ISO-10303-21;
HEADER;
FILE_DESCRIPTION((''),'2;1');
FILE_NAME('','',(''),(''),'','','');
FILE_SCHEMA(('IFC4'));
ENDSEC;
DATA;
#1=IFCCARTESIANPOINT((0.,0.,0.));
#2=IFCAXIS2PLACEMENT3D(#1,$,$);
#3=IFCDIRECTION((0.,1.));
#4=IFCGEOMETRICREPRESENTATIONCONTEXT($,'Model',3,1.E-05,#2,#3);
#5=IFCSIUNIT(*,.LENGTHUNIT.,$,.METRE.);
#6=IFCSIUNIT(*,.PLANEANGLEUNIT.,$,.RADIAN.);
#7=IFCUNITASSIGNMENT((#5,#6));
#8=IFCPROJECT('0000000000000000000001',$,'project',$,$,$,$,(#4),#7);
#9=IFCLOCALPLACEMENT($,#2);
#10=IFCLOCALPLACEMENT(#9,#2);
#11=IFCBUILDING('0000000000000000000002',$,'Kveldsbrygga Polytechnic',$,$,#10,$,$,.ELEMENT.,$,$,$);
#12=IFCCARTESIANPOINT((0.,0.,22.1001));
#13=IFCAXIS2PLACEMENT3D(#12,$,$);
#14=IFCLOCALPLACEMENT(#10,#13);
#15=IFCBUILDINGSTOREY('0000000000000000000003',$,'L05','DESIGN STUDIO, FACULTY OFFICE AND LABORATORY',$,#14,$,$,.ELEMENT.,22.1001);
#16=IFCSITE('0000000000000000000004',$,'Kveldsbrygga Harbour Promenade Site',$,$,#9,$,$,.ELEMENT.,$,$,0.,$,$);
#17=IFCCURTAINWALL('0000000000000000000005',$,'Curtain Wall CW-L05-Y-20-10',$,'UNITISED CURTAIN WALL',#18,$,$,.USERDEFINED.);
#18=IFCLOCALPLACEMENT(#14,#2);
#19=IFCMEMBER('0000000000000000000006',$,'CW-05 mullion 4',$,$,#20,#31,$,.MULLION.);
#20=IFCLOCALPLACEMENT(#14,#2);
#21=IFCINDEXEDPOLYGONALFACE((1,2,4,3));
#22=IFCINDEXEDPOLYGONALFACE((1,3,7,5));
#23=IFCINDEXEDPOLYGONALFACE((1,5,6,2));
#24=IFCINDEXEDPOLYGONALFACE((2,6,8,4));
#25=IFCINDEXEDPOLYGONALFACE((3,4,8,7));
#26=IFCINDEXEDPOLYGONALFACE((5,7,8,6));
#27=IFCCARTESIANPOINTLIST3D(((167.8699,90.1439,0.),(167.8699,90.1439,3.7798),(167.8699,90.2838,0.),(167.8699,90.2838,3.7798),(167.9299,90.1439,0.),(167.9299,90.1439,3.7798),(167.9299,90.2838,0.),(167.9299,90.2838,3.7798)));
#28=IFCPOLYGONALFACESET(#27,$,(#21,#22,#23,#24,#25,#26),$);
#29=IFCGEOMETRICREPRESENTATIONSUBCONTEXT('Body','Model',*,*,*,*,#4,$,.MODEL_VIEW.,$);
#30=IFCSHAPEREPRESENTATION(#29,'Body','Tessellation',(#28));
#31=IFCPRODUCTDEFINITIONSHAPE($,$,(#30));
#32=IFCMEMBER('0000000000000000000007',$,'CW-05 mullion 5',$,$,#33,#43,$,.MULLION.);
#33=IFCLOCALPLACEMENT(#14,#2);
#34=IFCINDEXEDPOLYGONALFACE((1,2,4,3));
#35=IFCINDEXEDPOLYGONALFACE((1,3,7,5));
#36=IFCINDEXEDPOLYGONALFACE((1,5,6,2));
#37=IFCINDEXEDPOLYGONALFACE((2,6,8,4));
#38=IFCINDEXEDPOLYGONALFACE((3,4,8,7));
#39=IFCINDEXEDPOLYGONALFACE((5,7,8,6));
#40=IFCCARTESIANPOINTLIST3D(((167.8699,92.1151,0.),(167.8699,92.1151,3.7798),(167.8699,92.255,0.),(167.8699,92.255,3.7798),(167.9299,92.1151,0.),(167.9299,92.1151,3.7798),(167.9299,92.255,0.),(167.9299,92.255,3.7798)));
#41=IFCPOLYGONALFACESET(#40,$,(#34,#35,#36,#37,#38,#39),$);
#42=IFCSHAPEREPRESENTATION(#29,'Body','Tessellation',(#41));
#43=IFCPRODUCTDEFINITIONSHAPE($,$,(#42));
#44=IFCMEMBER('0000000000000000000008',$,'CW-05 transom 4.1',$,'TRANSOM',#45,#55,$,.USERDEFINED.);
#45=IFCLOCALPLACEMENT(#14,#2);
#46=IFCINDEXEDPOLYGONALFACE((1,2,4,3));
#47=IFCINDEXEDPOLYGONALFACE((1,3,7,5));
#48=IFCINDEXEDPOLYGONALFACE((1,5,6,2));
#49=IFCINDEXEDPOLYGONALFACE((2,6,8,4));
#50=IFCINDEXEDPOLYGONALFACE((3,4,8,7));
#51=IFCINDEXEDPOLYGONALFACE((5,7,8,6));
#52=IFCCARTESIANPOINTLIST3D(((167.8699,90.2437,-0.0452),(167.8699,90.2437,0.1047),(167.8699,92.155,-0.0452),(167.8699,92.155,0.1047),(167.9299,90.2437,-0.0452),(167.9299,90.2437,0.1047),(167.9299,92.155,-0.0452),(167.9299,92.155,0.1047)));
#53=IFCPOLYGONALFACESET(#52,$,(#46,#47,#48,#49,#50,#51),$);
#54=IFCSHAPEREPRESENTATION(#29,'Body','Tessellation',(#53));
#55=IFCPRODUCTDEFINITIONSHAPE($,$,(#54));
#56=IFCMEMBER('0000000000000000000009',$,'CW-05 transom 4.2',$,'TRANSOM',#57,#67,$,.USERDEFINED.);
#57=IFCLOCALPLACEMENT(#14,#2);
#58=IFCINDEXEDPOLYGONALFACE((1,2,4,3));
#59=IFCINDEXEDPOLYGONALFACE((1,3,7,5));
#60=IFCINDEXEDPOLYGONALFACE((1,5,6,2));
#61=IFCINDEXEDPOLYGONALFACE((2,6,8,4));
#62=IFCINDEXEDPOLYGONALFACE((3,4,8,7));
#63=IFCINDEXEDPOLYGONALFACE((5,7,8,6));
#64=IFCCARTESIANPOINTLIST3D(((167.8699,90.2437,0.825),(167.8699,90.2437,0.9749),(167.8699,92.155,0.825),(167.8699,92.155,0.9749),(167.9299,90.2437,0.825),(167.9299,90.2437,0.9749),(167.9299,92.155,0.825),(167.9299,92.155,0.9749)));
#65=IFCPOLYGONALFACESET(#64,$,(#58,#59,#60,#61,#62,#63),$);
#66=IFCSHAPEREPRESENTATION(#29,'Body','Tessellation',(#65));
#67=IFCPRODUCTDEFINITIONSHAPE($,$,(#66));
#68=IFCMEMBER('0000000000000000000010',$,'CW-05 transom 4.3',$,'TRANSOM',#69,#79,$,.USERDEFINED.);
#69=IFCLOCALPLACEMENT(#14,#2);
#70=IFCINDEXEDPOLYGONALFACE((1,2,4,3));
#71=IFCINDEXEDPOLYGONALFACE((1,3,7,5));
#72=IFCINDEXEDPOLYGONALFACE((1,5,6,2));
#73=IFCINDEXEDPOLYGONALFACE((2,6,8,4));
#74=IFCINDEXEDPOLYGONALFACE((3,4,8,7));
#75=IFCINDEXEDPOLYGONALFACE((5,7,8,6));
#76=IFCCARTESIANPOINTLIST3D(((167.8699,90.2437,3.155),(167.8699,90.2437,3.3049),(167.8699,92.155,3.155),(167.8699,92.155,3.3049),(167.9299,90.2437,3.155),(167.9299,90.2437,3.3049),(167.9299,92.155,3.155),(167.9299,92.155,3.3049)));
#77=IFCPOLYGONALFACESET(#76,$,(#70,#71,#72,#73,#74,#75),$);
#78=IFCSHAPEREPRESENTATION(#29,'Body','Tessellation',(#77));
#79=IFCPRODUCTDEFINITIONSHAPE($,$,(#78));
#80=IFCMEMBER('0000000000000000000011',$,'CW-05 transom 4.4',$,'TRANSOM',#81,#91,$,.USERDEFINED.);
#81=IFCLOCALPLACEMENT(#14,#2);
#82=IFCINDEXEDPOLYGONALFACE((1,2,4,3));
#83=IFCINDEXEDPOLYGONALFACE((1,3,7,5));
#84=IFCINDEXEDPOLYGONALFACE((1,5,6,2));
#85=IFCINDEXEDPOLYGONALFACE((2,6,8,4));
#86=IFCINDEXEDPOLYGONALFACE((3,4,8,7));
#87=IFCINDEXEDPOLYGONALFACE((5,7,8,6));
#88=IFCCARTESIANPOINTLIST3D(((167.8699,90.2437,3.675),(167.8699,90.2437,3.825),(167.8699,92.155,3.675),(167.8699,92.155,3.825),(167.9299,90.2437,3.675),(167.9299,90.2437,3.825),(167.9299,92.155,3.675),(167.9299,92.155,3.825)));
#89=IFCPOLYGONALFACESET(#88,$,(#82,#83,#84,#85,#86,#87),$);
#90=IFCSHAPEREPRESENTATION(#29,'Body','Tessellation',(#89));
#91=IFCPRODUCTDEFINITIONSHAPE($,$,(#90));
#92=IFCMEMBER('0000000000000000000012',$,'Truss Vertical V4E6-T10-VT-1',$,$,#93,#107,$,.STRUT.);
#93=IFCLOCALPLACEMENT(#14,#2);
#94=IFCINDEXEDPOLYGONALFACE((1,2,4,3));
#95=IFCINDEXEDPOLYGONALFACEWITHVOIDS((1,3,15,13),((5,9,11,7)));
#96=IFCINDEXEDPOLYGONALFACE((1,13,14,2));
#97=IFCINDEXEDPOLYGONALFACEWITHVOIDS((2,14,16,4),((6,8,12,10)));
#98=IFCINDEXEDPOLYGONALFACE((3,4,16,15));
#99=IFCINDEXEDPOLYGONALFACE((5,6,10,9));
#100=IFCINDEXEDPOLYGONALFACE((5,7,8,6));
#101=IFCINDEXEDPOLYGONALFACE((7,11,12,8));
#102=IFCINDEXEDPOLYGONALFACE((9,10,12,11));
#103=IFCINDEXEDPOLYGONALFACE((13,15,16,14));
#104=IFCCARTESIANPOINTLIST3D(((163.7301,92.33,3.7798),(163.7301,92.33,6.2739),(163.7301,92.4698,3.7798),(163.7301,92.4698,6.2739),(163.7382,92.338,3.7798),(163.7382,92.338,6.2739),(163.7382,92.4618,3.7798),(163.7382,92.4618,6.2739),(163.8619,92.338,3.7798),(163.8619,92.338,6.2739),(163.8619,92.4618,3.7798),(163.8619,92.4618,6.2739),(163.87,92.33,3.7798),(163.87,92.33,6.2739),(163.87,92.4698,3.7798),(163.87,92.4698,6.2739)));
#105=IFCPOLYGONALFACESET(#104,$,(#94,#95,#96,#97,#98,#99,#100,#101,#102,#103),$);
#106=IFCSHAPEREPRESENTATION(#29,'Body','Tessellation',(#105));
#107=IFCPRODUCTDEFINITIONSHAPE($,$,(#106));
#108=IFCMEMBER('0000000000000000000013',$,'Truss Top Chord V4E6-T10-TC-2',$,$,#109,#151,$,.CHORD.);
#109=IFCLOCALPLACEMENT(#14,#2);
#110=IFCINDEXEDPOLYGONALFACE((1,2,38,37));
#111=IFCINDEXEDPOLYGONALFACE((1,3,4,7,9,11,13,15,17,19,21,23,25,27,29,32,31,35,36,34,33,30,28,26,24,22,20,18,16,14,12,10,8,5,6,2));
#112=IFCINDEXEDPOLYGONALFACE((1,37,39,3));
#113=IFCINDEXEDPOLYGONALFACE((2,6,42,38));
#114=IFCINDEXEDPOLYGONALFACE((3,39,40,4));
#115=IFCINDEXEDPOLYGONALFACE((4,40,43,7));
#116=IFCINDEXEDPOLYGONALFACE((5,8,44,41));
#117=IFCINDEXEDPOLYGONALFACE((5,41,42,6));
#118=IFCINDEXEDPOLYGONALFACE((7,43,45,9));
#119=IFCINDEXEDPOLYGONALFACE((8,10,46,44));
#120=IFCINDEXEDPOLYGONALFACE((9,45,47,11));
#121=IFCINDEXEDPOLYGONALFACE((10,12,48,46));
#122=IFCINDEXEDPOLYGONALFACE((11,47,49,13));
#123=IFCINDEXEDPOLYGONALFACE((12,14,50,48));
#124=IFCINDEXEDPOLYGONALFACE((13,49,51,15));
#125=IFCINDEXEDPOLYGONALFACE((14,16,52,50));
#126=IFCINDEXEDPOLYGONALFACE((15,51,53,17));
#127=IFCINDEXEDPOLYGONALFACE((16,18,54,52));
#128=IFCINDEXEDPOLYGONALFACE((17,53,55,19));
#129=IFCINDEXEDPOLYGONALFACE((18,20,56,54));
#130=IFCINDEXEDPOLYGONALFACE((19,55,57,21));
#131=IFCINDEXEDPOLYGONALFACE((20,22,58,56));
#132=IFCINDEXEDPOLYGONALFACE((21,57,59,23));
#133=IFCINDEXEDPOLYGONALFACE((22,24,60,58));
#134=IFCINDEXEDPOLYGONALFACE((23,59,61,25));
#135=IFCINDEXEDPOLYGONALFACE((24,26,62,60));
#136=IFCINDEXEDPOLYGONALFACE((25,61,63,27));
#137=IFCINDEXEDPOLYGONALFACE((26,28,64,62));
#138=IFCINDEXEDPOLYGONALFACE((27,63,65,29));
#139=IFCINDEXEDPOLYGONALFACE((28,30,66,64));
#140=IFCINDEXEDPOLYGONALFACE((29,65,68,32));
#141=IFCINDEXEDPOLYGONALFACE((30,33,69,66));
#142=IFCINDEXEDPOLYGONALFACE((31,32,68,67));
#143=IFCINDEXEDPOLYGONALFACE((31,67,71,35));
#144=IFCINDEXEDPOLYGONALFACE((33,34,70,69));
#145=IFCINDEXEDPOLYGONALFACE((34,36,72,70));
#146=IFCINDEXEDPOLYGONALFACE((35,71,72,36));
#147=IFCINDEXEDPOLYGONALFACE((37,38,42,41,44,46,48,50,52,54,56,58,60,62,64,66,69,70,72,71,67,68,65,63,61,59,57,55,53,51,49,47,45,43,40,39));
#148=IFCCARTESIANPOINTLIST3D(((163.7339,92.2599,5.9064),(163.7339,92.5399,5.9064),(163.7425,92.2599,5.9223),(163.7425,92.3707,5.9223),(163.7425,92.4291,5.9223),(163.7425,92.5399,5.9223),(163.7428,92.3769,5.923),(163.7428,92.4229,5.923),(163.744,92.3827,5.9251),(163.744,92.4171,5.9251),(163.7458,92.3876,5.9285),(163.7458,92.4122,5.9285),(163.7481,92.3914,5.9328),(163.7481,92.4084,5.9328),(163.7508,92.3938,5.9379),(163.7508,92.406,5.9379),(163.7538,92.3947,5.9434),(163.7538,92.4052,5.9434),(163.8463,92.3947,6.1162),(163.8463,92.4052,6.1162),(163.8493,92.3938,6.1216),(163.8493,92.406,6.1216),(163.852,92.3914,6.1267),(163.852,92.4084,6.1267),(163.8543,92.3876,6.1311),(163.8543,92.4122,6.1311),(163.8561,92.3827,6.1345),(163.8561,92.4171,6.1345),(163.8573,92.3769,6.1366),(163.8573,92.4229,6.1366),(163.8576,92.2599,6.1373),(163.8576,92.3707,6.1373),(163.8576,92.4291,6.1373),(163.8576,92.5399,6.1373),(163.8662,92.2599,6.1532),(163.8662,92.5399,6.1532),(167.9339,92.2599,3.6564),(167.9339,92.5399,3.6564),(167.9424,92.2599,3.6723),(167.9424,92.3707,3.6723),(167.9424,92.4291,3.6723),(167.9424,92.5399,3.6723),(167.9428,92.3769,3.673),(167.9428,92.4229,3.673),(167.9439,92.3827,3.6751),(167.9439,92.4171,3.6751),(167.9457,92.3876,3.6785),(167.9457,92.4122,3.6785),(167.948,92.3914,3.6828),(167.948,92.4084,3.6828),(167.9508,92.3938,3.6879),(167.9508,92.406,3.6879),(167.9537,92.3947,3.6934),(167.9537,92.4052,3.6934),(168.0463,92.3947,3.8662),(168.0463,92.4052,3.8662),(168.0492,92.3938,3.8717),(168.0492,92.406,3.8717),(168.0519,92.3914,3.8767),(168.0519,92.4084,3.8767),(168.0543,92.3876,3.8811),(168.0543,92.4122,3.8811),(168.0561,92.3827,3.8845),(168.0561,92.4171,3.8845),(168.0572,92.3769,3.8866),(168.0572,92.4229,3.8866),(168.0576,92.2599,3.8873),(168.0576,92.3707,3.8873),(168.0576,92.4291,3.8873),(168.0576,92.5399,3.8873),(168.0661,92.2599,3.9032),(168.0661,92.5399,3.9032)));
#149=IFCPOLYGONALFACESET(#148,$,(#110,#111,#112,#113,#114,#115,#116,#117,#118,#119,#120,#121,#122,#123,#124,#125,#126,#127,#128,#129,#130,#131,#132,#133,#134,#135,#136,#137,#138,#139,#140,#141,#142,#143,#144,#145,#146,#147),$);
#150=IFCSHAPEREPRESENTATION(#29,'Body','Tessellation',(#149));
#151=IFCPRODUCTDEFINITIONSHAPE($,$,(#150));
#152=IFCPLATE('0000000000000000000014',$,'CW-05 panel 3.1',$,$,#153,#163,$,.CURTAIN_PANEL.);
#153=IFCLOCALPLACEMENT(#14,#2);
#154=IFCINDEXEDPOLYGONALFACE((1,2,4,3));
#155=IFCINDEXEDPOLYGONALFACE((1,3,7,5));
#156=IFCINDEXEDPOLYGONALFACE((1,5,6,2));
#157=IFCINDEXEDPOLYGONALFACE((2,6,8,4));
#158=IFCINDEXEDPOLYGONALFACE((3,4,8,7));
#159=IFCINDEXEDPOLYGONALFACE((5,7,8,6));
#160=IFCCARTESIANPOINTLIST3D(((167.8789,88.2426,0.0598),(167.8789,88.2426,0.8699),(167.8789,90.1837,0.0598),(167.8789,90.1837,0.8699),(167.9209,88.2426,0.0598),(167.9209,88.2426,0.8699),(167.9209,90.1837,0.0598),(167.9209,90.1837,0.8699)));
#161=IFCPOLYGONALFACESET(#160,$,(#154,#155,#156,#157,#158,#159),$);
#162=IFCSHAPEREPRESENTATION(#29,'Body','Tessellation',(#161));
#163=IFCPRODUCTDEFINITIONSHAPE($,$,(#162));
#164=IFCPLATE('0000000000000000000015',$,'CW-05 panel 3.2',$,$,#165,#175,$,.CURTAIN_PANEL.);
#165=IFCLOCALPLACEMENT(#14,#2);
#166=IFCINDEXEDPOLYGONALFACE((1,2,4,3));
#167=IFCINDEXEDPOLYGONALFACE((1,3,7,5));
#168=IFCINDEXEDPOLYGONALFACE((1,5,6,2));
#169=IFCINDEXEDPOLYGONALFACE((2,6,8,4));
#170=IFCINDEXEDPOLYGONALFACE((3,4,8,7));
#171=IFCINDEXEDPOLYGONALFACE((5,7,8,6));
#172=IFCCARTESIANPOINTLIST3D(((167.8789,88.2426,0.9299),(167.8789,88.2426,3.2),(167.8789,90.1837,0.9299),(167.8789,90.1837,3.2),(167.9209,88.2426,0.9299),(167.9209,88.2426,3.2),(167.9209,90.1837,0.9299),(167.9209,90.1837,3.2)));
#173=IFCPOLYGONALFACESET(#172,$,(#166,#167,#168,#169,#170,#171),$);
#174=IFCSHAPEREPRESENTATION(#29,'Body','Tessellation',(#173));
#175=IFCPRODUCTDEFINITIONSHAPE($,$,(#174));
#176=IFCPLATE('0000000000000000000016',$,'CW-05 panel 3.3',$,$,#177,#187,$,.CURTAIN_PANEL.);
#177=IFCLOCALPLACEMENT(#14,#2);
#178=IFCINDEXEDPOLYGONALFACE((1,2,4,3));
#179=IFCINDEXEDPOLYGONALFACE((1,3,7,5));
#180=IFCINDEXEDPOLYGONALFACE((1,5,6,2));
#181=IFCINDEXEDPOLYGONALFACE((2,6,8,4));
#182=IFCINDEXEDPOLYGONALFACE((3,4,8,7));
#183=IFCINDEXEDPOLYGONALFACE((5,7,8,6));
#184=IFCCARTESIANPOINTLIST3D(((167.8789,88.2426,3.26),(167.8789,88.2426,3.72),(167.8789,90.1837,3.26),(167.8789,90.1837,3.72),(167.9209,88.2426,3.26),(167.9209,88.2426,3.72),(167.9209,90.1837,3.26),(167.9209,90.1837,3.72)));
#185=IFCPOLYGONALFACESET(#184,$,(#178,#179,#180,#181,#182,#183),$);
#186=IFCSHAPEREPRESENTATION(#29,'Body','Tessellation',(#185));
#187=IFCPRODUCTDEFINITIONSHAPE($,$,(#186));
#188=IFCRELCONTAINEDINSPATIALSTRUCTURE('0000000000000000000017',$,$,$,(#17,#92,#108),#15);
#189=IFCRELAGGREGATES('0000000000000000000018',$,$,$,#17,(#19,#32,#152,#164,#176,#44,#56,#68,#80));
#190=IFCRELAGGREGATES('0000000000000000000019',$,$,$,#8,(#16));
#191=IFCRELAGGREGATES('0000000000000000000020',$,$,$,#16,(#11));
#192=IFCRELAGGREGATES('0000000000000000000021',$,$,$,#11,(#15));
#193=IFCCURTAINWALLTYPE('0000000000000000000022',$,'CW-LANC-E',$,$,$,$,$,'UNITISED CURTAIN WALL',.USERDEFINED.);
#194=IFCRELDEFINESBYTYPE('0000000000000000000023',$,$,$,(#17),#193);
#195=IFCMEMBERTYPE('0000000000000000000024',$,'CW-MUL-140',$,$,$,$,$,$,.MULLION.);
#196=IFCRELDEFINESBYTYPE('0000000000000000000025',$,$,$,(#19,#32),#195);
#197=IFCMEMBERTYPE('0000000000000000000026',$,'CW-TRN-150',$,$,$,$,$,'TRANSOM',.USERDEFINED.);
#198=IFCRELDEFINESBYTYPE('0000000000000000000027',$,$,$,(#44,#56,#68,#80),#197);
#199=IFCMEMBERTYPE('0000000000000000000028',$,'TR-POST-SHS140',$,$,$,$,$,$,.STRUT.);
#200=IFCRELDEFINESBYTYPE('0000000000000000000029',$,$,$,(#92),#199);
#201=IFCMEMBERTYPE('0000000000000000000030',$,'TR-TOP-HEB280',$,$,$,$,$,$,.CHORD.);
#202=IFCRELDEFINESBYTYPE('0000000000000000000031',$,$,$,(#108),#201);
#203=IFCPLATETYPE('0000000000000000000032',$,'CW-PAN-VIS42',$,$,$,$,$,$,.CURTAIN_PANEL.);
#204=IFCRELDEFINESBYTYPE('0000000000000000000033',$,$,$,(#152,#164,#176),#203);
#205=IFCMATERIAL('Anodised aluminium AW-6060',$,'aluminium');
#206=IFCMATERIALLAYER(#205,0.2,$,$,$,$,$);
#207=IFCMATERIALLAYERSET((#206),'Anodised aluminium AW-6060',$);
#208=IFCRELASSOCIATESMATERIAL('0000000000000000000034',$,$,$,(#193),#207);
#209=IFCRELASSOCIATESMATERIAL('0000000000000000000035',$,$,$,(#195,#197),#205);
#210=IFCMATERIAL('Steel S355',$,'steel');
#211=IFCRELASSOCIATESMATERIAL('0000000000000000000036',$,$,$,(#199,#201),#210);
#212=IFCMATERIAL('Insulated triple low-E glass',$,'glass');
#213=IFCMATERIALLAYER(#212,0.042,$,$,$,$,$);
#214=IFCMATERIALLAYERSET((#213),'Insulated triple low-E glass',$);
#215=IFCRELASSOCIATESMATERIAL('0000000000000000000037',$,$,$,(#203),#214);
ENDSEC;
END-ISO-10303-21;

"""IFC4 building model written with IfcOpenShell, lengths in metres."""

from ifc_helpers import new_model, si_unit, direction, frame, origin, origin_2d, place, context, subcontext, project, spatial, rectangle, hollow_rectangle, i_section, extrude, material, layer, layer_set, material_profile, profile_set, type_object, element, aggregate, save


model = new_model("IFC4")

# Units and contexts
model_context = context("Model", 3, precision=1e-05, world=origin(), true_north=direction((0.0, 1.0)))
body_context = subcontext(model_context, "Body", "Model", "MODEL_VIEW")
ifc_project = project(units=[si_unit("LENGTHUNIT", "METRE"), si_unit("PLANEANGLEUNIT", "RADIAN")], contexts=[model_context])

# Site, building, storey
site_placement = place(None, origin())
site = spatial("IfcSite", under=ifc_project, at=site_placement, Name="Kveldsbrygga Harbour Promenade Site", CompositionType="ELEMENT", RefElevation=0.0)
building_placement = place(site_placement, origin())
building = spatial("IfcBuilding", under=site, at=building_placement, Name="Kveldsbrygga Polytechnic", CompositionType="ELEMENT")
storey_placement = place(building_placement, frame((0.0, 0.0, 22.1001)))
storey = spatial("IfcBuildingStorey", under=building, at=storey_placement, Name="L05", Description="DESIGN STUDIO, FACULTY OFFICE AND LABORATORY", CompositionType="ELEMENT", Elevation=22.1001)

# Curtain wall, members
ifc_material_1 = material(Name="Anodised aluminium AW-6060", Category="aluminium")
ifc_layer_1 = layer(ifc_material_1, 0.2)
ifc_layer_set_1 = layer_set([ifc_layer_1], Name="Anodised aluminium AW-6060")
curtain_wall_type = type_object("IfcCurtainWallType", Name="CW-LANC-E", ElementType="UNITISED CURTAIN WALL", PredefinedType="USERDEFINED", material=ifc_layer_set_1)
curtain_wall_placement = place(storey_placement, origin())
curtain_wall = element("IfcCurtainWall", 1, at=curtain_wall_placement, inside=storey, type_object=curtain_wall_type, Name="Curtain Wall CW-L05-Y-20-10", ObjectType="UNITISED CURTAIN WALL", PredefinedType="USERDEFINED")
ifc_material_profile_1 = material_profile(ifc_material_1, rectangle(XDim=0.0601, YDim=0.1399, at=origin_2d()), Name="ALU 60x140")
ifc_profile_set_1 = profile_set([ifc_material_profile_1], Name="Anodised aluminium AW-6060")
member_type_1 = type_object("IfcMemberType", Name="CW-MUL-140", PredefinedType="MULLION", material=ifc_profile_set_1)
member_1_placement = place(storey_placement, frame((167.8999, 90.2139, 0.0), z_axis=(0.0, 0.0, 1.0), x_axis=(-1.0, 0.0, 0.0)))
member_1 = element("IfcMember", 2, at=member_1_placement, type_object=member_type_1, Name="CW-05 mullion 4", PredefinedType="MULLION", context=body_context, shape_type="SweptSolid", body=[
    extrude(rectangle(XDim=0.0601, YDim=0.1399, at=origin_2d()), origin(), (0.0, 0.0, 1.0), 3.7798),
])
member_2_placement = place(storey_placement, frame((167.8999, 92.1851, 0.0), z_axis=(0.0, 0.0, 1.0), x_axis=(-1.0, 0.0, 0.0)))
member_2 = element("IfcMember", 3, at=member_2_placement, type_object=member_type_1, Name="CW-05 mullion 5", PredefinedType="MULLION", context=body_context, shape_type="SweptSolid", body=[
    extrude(rectangle(XDim=0.0601, YDim=0.1399, at=origin_2d()), origin(), (0.0, 0.0, 1.0), 3.7798),
])
ifc_material_profile_2 = material_profile(ifc_material_1, rectangle(XDim=0.0601, YDim=0.1499, at=origin_2d()), Name="ALU 60x150")
ifc_profile_set_2 = profile_set([ifc_material_profile_2], Name="Anodised aluminium AW-6060")
member_type_2 = type_object("IfcMemberType", Name="CW-TRN-150", ElementType="TRANSOM", PredefinedType="USERDEFINED", material=ifc_profile_set_2)
member_3_placement = place(storey_placement, frame((167.8999, 90.2437, 0.0298), z_axis=(0.0, 1.0, 0.0), x_axis=(-1.0, 0.0, 0.0)))
member_3 = element("IfcMember", 4, at=member_3_placement, type_object=member_type_2, Name="CW-05 transom 4.1", ObjectType="TRANSOM", PredefinedType="USERDEFINED", context=body_context, shape_type="SweptSolid", body=[
    extrude(rectangle(XDim=0.0601, YDim=0.1499, at=origin_2d()), origin(), (0.0, 0.0, 1.0), 1.9114),
])
member_4_placement = place(storey_placement, frame((167.8999, 90.2437, 0.8999), z_axis=(0.0, 1.0, 0.0), x_axis=(-1.0, 0.0, 0.0)))
member_4 = element("IfcMember", 5, at=member_4_placement, type_object=member_type_2, Name="CW-05 transom 4.2", ObjectType="TRANSOM", PredefinedType="USERDEFINED", context=body_context, shape_type="SweptSolid", body=[
    extrude(rectangle(XDim=0.0601, YDim=0.1499, at=origin_2d()), origin(), (0.0, 0.0, 1.0), 1.9114),
])
member_5_placement = place(storey_placement, frame((167.8999, 90.2437, 3.23), z_axis=(0.0, 1.0, 0.0), x_axis=(-1.0, 0.0, 0.0)))
member_5 = element("IfcMember", 6, at=member_5_placement, type_object=member_type_2, Name="CW-05 transom 4.3", ObjectType="TRANSOM", PredefinedType="USERDEFINED", context=body_context, shape_type="SweptSolid", body=[
    extrude(rectangle(XDim=0.0601, YDim=0.1499, at=origin_2d()), origin(), (0.0, 0.0, 1.0), 1.9114),
])
member_6_placement = place(storey_placement, frame((167.8999, 90.2437, 3.75), z_axis=(0.0, 1.0, 0.0), x_axis=(-1.0, 0.0, 0.0)))
member_6 = element("IfcMember", 7, at=member_6_placement, type_object=member_type_2, Name="CW-05 transom 4.4", ObjectType="TRANSOM", PredefinedType="USERDEFINED", context=body_context, shape_type="SweptSolid", body=[
    extrude(rectangle(XDim=0.0601, YDim=0.1499, at=origin_2d()), origin(), (0.0, 0.0, 1.0), 1.9114),
])

# Members
ifc_material_2 = material(Name="Steel S355", Category="steel")
ifc_material_profile_3 = material_profile(ifc_material_2, hollow_rectangle(XDim=0.1399, YDim=0.1399, WallThickness=0.0081, at=origin_2d()), Name="SHS 140x140x8.0")
ifc_profile_set_3 = profile_set([ifc_material_profile_3], Name="Steel S355")
member_type_3 = type_object("IfcMemberType", Name="TR-POST-SHS140", PredefinedType="STRUT", material=ifc_profile_set_3)
member_7_placement = place(storey_placement, frame((163.8, 92.3999, 3.7798), z_axis=(0.0, 0.0, 1.0), x_axis=(1.0, 0.0, 0.0)))
element("IfcMember", 8, at=member_7_placement, inside=storey, type_object=member_type_3, Name="Truss Vertical V4E6-T10-VT-1", PredefinedType="STRUT", context=body_context, shape_type="SweptSolid", body=[
    extrude(hollow_rectangle(XDim=0.1399, YDim=0.1399, WallThickness=0.0081, at=origin_2d()), origin(), (0.0, 0.0, 1.0), 2.4941),
])
ifc_material_profile_4 = material_profile(ifc_material_2, i_section(OverallWidth=0.28, OverallDepth=0.28, WebThickness=0.0105, FlangeThickness=0.0181, FilletRadius=0.0239, at=origin_2d()), Name="HEB 280")
ifc_profile_set_4 = profile_set([ifc_material_profile_4], Name="Steel S355")
member_type_4 = type_object("IfcMemberType", Name="TR-TOP-HEB280", PredefinedType="CHORD", material=ifc_profile_set_4)
member_8_placement = place(storey_placement, frame((163.8, 92.3999, 6.0298), z_axis=(0.881478, 0.0, -0.472226), x_axis=(0.0, 1.0, 0.0)))
element("IfcMember", 9, at=member_8_placement, inside=storey, type_object=member_type_4, Name="Truss Top Chord V4E6-T10-TC-2", PredefinedType="CHORD", context=body_context, shape_type="SweptSolid", body=[
    extrude(i_section(OverallWidth=0.28, OverallDepth=0.28, WebThickness=0.0105, FlangeThickness=0.0181, FilletRadius=0.0239, at=origin_2d()), origin(), (0.0, 0.0, 1.0), 4.7646),
])

# Plates
ifc_material_3 = material(Name="Insulated triple low-E glass", Category="glass")
ifc_layer_2 = layer(ifc_material_3, 0.042)
ifc_layer_set_2 = layer_set([ifc_layer_2], Name="Insulated triple low-E glass")
plate_type_1 = type_object("IfcPlateType", Name="CW-PAN-VIS42", PredefinedType="CURTAIN_PANEL", material=ifc_layer_set_2)
plate_1_placement = place(storey_placement, frame((167.8999, 89.2131, 0.0598), z_axis=(0.0, 0.0, 1.0), x_axis=(0.0, 1.0, 0.0)))
plate_1 = element("IfcPlate", 10, at=plate_1_placement, type_object=plate_type_1, Name="CW-05 panel 3.1", PredefinedType="CURTAIN_PANEL", context=body_context, shape_type="SweptSolid", body=[
    extrude(rectangle(XDim=1.9412, YDim=0.042, at=origin_2d()), origin(), (0.0, 0.0, 1.0), 0.8101),
])
plate_2_placement = place(storey_placement, frame((167.8999, 89.2131, 0.9299), z_axis=(0.0, 0.0, 1.0), x_axis=(0.0, 1.0, 0.0)))
plate_2 = element("IfcPlate", 11, at=plate_2_placement, type_object=plate_type_1, Name="CW-05 panel 3.2", PredefinedType="CURTAIN_PANEL", context=body_context, shape_type="SweptSolid", body=[
    extrude(rectangle(XDim=1.9412, YDim=0.042, at=origin_2d()), origin(), (0.0, 0.0, 1.0), 2.27),
])
plate_3_placement = place(storey_placement, frame((167.8999, 89.2131, 3.26), z_axis=(0.0, 0.0, 1.0), x_axis=(0.0, 1.0, 0.0)))
plate_3 = element("IfcPlate", 12, at=plate_3_placement, type_object=plate_type_1, Name="CW-05 panel 3.3", PredefinedType="CURTAIN_PANEL", context=body_context, shape_type="SweptSolid", body=[
    extrude(rectangle(XDim=1.9412, YDim=0.042, at=origin_2d()), origin(), (0.0, 0.0, 1.0), 0.46),
])
aggregate(curtain_wall, [member_1, member_2, plate_1, plate_2, plate_3, member_3, member_4, member_5, member_6])

save(model, "model.ifc")
